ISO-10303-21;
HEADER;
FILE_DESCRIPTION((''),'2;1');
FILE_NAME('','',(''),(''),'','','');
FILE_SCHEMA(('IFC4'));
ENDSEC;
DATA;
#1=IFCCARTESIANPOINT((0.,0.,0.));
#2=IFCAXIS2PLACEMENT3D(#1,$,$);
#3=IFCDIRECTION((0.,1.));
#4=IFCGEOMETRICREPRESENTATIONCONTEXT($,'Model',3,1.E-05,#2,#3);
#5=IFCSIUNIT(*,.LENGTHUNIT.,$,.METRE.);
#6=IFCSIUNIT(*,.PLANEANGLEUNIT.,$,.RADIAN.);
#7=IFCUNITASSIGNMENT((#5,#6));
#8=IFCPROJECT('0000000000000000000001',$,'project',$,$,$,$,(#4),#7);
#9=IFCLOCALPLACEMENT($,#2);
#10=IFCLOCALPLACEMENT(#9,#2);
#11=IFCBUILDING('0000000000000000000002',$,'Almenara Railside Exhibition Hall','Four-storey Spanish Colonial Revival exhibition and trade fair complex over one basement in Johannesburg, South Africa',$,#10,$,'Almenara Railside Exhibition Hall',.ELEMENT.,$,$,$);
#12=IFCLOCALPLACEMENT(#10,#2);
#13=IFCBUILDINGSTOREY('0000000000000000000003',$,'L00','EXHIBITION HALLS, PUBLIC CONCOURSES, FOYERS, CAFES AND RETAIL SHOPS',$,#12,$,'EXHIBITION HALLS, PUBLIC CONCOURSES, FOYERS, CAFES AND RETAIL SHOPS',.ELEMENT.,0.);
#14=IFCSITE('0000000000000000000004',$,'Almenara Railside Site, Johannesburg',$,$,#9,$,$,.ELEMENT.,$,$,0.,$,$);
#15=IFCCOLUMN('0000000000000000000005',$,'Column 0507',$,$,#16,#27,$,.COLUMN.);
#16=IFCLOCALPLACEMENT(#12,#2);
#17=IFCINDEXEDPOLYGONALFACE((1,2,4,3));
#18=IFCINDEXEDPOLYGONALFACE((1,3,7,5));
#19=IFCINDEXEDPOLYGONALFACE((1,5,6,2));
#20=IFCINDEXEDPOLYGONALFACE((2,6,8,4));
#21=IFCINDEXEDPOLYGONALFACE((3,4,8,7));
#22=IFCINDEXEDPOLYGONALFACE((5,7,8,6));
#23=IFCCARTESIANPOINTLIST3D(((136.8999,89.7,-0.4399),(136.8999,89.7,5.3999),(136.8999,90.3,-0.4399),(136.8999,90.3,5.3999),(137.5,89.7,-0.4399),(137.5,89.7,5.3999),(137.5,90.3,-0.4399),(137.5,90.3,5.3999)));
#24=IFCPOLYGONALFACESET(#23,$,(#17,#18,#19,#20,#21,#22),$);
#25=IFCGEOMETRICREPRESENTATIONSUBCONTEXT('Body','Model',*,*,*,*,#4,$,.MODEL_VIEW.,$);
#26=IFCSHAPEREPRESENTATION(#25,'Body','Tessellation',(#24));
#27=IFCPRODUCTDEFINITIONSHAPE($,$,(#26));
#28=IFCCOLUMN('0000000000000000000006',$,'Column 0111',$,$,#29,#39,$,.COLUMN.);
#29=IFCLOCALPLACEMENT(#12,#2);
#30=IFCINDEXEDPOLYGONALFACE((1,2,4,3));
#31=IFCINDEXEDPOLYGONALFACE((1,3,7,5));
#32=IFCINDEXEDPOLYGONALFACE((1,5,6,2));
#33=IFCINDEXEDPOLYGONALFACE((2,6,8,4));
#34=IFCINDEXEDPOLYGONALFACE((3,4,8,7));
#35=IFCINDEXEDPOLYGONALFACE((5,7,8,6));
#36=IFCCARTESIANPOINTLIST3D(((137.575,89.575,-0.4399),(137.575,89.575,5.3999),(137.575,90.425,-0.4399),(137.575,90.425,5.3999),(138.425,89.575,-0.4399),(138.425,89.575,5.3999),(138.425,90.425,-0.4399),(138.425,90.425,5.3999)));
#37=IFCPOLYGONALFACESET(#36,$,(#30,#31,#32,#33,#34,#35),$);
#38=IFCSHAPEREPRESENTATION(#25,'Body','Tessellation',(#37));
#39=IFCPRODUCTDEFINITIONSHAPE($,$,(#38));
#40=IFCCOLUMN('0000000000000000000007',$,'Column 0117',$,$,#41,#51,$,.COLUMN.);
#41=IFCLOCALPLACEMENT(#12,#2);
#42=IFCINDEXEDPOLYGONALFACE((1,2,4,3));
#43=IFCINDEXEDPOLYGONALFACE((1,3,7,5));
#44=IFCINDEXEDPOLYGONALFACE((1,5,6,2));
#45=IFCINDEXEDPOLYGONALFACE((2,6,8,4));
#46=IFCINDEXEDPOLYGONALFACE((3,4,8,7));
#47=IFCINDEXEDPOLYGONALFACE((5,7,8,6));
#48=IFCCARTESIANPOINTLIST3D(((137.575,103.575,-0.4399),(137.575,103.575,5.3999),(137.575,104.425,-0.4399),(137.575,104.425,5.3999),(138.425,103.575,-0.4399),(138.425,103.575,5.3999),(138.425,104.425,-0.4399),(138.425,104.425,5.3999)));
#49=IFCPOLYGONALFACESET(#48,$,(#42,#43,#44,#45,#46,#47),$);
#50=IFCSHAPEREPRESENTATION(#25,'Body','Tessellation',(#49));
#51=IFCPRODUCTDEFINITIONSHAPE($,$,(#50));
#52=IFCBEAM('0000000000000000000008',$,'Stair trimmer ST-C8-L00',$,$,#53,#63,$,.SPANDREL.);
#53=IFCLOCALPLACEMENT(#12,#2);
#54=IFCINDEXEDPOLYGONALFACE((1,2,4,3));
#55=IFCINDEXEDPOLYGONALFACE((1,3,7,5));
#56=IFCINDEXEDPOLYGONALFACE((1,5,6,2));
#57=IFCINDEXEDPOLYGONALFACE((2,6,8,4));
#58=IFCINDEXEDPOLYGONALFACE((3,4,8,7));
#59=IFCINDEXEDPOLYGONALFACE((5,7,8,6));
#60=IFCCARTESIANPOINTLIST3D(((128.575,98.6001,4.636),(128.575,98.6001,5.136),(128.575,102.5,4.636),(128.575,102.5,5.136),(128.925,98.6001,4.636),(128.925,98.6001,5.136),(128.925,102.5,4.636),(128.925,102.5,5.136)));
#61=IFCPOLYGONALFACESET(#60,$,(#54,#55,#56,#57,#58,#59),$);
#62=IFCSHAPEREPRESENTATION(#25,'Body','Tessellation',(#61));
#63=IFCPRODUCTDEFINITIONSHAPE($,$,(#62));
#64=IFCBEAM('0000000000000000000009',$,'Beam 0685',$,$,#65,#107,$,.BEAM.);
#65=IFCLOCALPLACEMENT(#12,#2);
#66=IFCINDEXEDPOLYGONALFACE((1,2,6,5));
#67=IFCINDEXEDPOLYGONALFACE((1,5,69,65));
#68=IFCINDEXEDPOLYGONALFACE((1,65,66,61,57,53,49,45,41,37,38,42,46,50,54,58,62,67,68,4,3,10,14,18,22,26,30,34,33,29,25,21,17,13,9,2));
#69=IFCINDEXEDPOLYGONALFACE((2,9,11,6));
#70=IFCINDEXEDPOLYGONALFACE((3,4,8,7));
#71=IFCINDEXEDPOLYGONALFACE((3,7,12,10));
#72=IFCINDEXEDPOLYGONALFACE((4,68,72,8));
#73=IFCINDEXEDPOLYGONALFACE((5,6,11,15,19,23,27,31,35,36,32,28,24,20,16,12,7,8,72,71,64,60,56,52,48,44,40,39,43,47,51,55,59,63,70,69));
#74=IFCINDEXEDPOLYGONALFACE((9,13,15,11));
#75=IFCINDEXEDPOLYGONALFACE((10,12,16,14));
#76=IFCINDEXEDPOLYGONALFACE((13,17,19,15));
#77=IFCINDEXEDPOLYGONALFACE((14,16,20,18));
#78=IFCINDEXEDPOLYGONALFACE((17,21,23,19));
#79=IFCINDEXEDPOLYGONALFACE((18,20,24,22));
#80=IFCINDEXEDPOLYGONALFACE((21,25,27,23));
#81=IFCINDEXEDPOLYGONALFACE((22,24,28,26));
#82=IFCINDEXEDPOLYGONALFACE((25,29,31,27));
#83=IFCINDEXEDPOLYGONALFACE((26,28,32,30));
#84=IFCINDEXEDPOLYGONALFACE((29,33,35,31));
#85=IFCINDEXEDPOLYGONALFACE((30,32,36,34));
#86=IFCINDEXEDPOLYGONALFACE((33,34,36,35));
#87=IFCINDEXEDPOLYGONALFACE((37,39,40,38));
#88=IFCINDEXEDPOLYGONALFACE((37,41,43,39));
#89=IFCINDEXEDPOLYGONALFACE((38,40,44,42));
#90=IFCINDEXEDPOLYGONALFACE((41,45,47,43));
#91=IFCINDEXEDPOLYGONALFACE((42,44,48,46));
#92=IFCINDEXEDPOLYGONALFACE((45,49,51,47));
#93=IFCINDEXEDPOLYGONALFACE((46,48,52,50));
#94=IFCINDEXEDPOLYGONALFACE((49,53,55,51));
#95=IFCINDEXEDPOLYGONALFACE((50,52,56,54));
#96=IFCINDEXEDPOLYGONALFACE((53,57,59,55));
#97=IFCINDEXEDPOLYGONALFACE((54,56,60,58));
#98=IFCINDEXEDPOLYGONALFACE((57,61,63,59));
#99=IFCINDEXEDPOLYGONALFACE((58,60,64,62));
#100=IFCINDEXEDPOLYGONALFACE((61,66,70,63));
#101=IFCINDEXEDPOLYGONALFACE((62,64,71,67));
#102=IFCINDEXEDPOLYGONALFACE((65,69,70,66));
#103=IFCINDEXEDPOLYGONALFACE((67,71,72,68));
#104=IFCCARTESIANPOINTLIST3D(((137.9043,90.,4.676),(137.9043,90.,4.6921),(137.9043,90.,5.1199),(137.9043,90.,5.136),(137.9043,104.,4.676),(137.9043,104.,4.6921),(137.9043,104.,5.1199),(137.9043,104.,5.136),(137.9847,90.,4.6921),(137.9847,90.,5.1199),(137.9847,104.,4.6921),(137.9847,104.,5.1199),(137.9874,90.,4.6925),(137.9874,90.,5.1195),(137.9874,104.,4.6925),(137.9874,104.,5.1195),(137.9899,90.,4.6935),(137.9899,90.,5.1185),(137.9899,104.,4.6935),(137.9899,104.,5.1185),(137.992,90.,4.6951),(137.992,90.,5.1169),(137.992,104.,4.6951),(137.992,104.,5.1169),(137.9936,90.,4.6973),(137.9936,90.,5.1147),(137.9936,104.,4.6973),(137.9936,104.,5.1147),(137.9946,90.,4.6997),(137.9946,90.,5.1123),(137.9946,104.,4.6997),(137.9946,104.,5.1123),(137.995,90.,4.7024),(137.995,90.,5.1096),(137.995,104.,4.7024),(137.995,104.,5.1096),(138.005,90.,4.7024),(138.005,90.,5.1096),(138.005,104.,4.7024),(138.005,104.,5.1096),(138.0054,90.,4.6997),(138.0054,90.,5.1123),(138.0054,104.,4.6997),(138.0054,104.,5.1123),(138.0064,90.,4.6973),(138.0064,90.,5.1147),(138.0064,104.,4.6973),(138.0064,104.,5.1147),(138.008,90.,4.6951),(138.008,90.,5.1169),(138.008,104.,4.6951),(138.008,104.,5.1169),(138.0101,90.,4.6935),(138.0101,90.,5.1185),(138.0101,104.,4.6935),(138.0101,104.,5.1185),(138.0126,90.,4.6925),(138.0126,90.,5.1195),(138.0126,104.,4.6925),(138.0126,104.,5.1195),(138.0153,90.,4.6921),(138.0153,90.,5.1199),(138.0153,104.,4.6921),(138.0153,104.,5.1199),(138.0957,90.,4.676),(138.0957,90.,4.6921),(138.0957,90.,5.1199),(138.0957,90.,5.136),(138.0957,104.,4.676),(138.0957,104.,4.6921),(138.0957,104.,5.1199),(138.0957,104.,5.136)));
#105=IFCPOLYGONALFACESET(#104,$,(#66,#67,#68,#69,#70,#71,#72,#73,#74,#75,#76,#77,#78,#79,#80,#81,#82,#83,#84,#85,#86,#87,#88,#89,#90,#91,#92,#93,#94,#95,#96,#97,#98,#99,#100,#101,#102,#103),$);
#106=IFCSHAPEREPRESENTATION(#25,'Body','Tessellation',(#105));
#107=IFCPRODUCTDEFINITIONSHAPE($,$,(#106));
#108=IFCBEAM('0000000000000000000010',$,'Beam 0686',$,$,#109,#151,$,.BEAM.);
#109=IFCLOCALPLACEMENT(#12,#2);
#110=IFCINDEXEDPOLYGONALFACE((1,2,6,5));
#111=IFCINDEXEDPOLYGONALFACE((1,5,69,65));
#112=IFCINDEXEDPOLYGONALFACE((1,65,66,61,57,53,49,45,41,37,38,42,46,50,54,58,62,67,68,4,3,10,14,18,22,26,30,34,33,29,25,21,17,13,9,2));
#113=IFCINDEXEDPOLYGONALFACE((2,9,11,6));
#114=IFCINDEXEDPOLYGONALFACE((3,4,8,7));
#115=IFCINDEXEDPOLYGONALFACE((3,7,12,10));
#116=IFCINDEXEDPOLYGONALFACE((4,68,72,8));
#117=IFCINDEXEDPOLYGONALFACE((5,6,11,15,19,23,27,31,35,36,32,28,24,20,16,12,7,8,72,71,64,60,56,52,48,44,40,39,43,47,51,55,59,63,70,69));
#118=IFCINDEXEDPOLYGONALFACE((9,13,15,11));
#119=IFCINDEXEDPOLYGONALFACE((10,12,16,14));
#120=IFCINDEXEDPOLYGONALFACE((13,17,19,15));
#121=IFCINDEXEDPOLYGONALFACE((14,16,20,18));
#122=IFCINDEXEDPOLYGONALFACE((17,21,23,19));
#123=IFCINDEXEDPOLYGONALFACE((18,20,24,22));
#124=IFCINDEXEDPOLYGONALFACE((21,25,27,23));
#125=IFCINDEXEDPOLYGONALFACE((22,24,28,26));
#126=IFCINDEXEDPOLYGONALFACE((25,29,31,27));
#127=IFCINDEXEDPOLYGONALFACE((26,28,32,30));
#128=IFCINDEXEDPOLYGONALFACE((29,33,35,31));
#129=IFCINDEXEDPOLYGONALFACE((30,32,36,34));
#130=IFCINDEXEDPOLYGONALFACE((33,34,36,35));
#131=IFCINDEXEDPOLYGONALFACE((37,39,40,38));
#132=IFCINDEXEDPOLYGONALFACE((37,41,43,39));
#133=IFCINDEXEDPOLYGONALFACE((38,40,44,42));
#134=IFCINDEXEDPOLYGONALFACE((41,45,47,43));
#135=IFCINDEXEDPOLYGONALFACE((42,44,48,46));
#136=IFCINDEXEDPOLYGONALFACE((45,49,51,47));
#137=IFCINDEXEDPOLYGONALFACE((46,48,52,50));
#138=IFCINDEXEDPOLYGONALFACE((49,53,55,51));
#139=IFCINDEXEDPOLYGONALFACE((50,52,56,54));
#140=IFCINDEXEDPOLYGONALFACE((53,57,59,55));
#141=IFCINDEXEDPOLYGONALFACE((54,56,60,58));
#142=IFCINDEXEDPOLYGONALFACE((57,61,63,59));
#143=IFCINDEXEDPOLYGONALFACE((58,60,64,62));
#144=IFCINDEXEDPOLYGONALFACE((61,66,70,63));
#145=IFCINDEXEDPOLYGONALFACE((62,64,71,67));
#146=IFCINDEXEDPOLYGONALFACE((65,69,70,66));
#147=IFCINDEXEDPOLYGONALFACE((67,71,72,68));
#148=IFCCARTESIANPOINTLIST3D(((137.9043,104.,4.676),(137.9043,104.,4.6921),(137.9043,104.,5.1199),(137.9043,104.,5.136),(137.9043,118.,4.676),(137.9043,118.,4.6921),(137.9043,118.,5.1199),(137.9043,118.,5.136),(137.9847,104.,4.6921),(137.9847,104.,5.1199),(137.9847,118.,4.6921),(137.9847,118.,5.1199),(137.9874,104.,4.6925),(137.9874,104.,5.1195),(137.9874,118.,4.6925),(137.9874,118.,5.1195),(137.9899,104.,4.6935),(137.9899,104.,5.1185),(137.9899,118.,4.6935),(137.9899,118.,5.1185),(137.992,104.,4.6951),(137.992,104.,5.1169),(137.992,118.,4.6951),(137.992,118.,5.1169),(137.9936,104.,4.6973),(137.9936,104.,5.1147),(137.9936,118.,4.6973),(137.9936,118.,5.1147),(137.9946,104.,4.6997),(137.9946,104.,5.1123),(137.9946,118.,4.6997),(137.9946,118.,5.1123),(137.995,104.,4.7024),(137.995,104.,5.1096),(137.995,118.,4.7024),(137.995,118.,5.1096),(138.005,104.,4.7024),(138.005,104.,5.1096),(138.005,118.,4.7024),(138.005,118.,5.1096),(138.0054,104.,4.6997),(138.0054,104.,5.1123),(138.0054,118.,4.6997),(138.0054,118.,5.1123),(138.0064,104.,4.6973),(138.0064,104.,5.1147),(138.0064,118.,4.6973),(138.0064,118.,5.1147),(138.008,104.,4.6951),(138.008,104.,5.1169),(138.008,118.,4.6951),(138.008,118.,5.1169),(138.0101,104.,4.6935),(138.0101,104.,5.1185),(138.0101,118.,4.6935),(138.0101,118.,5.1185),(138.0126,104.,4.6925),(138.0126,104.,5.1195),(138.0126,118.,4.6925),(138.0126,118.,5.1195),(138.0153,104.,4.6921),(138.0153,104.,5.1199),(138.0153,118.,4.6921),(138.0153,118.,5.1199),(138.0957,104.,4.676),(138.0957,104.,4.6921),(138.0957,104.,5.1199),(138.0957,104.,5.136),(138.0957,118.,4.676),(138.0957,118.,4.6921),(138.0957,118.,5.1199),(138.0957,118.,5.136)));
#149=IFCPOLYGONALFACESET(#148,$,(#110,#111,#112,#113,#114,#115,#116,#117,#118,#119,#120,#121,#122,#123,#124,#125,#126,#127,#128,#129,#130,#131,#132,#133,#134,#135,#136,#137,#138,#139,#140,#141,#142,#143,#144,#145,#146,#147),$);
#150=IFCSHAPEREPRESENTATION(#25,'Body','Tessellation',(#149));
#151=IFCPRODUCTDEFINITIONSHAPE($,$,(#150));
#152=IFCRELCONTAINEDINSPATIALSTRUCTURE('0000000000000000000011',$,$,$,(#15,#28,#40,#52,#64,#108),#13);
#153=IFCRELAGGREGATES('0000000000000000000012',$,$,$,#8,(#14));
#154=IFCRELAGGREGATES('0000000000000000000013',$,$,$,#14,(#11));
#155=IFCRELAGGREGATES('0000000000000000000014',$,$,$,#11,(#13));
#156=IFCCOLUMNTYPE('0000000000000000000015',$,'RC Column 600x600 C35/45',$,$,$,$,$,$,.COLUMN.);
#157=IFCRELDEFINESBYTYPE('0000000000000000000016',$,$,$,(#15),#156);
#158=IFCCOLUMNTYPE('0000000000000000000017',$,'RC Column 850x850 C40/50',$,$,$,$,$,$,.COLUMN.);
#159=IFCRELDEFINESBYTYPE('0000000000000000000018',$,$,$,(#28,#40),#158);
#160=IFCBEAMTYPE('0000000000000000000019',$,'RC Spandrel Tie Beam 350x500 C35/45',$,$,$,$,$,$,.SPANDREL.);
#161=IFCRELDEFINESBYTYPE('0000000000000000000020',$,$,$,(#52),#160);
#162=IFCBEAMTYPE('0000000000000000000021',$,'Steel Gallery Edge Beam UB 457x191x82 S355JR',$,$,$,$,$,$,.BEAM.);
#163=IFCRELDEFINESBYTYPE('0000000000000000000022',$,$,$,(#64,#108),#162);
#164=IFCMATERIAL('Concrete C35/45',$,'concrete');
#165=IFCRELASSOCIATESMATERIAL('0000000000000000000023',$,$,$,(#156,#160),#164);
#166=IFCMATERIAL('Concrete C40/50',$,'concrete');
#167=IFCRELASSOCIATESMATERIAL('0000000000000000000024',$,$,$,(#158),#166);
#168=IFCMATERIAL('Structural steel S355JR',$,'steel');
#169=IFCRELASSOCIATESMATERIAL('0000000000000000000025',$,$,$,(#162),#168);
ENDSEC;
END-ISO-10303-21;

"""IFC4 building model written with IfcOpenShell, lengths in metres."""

from ifc_helpers import new_model, si_unit, direction, frame, origin, origin_2d, place, context, subcontext, project, spatial, rectangle, i_section, extrude, material, material_profile, profile_set, type_object, element, save


model = new_model("IFC4")

# Units and contexts
model_context = context("Model", 3, precision=1e-05, world=origin(), true_north=direction((0.0, 1.0)))
body_context = subcontext(model_context, "Body", "Model", "MODEL_VIEW")
ifc_project = project(units=[si_unit("LENGTHUNIT", "METRE"), si_unit("PLANEANGLEUNIT", "RADIAN")], contexts=[model_context])

# Site, building, storey
site_placement = place(None, origin())
site = spatial("IfcSite", under=ifc_project, at=site_placement, Name="Almenara Railside Site, Johannesburg", CompositionType="ELEMENT", RefElevation=0.0)
building_placement = place(site_placement, origin())
building = spatial("IfcBuilding", under=site, at=building_placement, Name="Almenara Railside Exhibition Hall", Description="Four-storey Spanish Colonial Revival exhibition and trade fair complex over one basement in Johannesburg, South Africa", LongName="Almenara Railside Exhibition Hall", CompositionType="ELEMENT")
storey_placement = place(building_placement, origin())
storey = spatial("IfcBuildingStorey", under=building, at=storey_placement, Name="L00", Description="EXHIBITION HALLS, PUBLIC CONCOURSES, FOYERS, CAFES AND RETAIL SHOPS", LongName="EXHIBITION HALLS, PUBLIC CONCOURSES, FOYERS, CAFES AND RETAIL SHOPS", CompositionType="ELEMENT", Elevation=0.0)

# Shared definitions
ifc_material_1 = material(Name="Concrete C40/50", Category="concrete")

# Shared definitions
ifc_material_2 = material(Name="Concrete C35/45", Category="concrete")

# Columns
ifc_material_profile_1 = material_profile(ifc_material_2, rectangle(XDim=0.6001, YDim=0.6001, at=origin_2d()), Name="RC 600x600")
ifc_profile_set_1 = profile_set([ifc_material_profile_1], Name="Concrete C35/45")
column_type_1 = type_object("IfcColumnType", Name="RC Column 600x600 C35/45", PredefinedType="COLUMN", material=ifc_profile_set_1)
column_placement = place(storey_placement, frame((137.2, 90.0, -0.4399), z_axis=(0.0, 0.0, 1.0), x_axis=(1.0, 0.0, 0.0)))
element("IfcColumn", 1, at=column_placement, inside=storey, type_object=column_type_1, Name="Column 0507", PredefinedType="COLUMN", context=body_context, shape_type="SweptSolid", body=[
    extrude(rectangle(XDim=0.6001, YDim=0.6001, at=origin_2d()), origin(), (0.0, 0.0, 1.0), 5.8398),
])
ifc_material_profile_2 = material_profile(ifc_material_1, rectangle(XDim=0.8501, YDim=0.8501, at=origin_2d()), Name="RC 850x850")
ifc_profile_set_2 = profile_set([ifc_material_profile_2], Name="Concrete C40/50")
column_type_2 = type_object("IfcColumnType", Name="RC Column 850x850 C40/50", PredefinedType="COLUMN", material=ifc_profile_set_2)
for number, where, z_axis, x_axis, name in (
    (2, (138.0, 90.0, -0.4399), (0.0, 0.0, 1.0), (1.0, 0.0, 0.0), "Column 0111"),
    (3, (138.0, 104.0, -0.4399), (0.0, 0.0, 1.0), (1.0, 0.0, 0.0), "Column 0117"),
):
    element("IfcColumn", number, at=place(storey_placement, frame(where, z_axis=z_axis, x_axis=x_axis)), inside=storey, type_object=column_type_2, Name=name, PredefinedType="COLUMN", context=body_context, shape_type="SweptSolid", body=[
        extrude(rectangle(XDim=0.8501, YDim=0.8501, at=origin_2d()), origin(), (0.0, 0.0, 1.0), 5.8398),
    ])

# Beams
ifc_material_profile_3 = material_profile(ifc_material_2, rectangle(XDim=0.3501, YDim=0.5, at=origin_2d()), Name="RC 350x500")
ifc_profile_set_3 = profile_set([ifc_material_profile_3], Name="Concrete C35/45")
beam_type_1 = type_object("IfcBeamType", Name="RC Spandrel Tie Beam 350x500 C35/45", PredefinedType="SPANDREL", material=ifc_profile_set_3)
beam_placement = place(storey_placement, frame((128.75, 98.6001, 4.886), z_axis=(0.0, 1.0, 0.0), x_axis=(-1.0, 0.0, 0.0)))
element("IfcBeam", 4, at=beam_placement, inside=storey, type_object=beam_type_1, Name="Stair trimmer ST-C8-L00", PredefinedType="SPANDREL", context=body_context, shape_type="SweptSolid", body=[
    extrude(rectangle(XDim=0.3501, YDim=0.5, at=origin_2d()), origin(), (0.0, 0.0, 1.0), 3.8999),
])
ifc_material_3 = material(Name="Structural steel S355JR", Category="steel")
ifc_material_profile_4 = material_profile(ifc_material_3, i_section(OverallWidth=0.1914, OverallDepth=0.46, WebThickness=0.01, FlangeThickness=0.0161, FilletRadius=0.0103, at=origin_2d()), Name="UB 457x191x82")
ifc_profile_set_4 = profile_set([ifc_material_profile_4], Name="Structural steel S355JR")
beam_type_2 = type_object("IfcBeamType", Name="Steel Gallery Edge Beam UB 457x191x82 S355JR", PredefinedType="BEAM", material=ifc_profile_set_4)
for number, where, z_axis, x_axis, name in (
    (5, (138.0, 90.0, 4.906), (0.0, 1.0, 0.0), (-1.0, 0.0, 0.0), "Beam 0685"),
    (6, (138.0, 104.0, 4.906), (0.0, 1.0, 0.0), (-1.0, 0.0, 0.0), "Beam 0686"),
):
    element("IfcBeam", number, at=place(storey_placement, frame(where, z_axis=z_axis, x_axis=x_axis)), inside=storey, type_object=beam_type_2, Name=name, PredefinedType="BEAM", context=body_context, shape_type="SweptSolid", body=[
        extrude(i_section(OverallWidth=0.1914, OverallDepth=0.46, WebThickness=0.01, FlangeThickness=0.0161, FilletRadius=0.0103, at=origin_2d()), origin(), (0.0, 0.0, 1.0), 14.0),
    ])

save(model, "model.ifc")
